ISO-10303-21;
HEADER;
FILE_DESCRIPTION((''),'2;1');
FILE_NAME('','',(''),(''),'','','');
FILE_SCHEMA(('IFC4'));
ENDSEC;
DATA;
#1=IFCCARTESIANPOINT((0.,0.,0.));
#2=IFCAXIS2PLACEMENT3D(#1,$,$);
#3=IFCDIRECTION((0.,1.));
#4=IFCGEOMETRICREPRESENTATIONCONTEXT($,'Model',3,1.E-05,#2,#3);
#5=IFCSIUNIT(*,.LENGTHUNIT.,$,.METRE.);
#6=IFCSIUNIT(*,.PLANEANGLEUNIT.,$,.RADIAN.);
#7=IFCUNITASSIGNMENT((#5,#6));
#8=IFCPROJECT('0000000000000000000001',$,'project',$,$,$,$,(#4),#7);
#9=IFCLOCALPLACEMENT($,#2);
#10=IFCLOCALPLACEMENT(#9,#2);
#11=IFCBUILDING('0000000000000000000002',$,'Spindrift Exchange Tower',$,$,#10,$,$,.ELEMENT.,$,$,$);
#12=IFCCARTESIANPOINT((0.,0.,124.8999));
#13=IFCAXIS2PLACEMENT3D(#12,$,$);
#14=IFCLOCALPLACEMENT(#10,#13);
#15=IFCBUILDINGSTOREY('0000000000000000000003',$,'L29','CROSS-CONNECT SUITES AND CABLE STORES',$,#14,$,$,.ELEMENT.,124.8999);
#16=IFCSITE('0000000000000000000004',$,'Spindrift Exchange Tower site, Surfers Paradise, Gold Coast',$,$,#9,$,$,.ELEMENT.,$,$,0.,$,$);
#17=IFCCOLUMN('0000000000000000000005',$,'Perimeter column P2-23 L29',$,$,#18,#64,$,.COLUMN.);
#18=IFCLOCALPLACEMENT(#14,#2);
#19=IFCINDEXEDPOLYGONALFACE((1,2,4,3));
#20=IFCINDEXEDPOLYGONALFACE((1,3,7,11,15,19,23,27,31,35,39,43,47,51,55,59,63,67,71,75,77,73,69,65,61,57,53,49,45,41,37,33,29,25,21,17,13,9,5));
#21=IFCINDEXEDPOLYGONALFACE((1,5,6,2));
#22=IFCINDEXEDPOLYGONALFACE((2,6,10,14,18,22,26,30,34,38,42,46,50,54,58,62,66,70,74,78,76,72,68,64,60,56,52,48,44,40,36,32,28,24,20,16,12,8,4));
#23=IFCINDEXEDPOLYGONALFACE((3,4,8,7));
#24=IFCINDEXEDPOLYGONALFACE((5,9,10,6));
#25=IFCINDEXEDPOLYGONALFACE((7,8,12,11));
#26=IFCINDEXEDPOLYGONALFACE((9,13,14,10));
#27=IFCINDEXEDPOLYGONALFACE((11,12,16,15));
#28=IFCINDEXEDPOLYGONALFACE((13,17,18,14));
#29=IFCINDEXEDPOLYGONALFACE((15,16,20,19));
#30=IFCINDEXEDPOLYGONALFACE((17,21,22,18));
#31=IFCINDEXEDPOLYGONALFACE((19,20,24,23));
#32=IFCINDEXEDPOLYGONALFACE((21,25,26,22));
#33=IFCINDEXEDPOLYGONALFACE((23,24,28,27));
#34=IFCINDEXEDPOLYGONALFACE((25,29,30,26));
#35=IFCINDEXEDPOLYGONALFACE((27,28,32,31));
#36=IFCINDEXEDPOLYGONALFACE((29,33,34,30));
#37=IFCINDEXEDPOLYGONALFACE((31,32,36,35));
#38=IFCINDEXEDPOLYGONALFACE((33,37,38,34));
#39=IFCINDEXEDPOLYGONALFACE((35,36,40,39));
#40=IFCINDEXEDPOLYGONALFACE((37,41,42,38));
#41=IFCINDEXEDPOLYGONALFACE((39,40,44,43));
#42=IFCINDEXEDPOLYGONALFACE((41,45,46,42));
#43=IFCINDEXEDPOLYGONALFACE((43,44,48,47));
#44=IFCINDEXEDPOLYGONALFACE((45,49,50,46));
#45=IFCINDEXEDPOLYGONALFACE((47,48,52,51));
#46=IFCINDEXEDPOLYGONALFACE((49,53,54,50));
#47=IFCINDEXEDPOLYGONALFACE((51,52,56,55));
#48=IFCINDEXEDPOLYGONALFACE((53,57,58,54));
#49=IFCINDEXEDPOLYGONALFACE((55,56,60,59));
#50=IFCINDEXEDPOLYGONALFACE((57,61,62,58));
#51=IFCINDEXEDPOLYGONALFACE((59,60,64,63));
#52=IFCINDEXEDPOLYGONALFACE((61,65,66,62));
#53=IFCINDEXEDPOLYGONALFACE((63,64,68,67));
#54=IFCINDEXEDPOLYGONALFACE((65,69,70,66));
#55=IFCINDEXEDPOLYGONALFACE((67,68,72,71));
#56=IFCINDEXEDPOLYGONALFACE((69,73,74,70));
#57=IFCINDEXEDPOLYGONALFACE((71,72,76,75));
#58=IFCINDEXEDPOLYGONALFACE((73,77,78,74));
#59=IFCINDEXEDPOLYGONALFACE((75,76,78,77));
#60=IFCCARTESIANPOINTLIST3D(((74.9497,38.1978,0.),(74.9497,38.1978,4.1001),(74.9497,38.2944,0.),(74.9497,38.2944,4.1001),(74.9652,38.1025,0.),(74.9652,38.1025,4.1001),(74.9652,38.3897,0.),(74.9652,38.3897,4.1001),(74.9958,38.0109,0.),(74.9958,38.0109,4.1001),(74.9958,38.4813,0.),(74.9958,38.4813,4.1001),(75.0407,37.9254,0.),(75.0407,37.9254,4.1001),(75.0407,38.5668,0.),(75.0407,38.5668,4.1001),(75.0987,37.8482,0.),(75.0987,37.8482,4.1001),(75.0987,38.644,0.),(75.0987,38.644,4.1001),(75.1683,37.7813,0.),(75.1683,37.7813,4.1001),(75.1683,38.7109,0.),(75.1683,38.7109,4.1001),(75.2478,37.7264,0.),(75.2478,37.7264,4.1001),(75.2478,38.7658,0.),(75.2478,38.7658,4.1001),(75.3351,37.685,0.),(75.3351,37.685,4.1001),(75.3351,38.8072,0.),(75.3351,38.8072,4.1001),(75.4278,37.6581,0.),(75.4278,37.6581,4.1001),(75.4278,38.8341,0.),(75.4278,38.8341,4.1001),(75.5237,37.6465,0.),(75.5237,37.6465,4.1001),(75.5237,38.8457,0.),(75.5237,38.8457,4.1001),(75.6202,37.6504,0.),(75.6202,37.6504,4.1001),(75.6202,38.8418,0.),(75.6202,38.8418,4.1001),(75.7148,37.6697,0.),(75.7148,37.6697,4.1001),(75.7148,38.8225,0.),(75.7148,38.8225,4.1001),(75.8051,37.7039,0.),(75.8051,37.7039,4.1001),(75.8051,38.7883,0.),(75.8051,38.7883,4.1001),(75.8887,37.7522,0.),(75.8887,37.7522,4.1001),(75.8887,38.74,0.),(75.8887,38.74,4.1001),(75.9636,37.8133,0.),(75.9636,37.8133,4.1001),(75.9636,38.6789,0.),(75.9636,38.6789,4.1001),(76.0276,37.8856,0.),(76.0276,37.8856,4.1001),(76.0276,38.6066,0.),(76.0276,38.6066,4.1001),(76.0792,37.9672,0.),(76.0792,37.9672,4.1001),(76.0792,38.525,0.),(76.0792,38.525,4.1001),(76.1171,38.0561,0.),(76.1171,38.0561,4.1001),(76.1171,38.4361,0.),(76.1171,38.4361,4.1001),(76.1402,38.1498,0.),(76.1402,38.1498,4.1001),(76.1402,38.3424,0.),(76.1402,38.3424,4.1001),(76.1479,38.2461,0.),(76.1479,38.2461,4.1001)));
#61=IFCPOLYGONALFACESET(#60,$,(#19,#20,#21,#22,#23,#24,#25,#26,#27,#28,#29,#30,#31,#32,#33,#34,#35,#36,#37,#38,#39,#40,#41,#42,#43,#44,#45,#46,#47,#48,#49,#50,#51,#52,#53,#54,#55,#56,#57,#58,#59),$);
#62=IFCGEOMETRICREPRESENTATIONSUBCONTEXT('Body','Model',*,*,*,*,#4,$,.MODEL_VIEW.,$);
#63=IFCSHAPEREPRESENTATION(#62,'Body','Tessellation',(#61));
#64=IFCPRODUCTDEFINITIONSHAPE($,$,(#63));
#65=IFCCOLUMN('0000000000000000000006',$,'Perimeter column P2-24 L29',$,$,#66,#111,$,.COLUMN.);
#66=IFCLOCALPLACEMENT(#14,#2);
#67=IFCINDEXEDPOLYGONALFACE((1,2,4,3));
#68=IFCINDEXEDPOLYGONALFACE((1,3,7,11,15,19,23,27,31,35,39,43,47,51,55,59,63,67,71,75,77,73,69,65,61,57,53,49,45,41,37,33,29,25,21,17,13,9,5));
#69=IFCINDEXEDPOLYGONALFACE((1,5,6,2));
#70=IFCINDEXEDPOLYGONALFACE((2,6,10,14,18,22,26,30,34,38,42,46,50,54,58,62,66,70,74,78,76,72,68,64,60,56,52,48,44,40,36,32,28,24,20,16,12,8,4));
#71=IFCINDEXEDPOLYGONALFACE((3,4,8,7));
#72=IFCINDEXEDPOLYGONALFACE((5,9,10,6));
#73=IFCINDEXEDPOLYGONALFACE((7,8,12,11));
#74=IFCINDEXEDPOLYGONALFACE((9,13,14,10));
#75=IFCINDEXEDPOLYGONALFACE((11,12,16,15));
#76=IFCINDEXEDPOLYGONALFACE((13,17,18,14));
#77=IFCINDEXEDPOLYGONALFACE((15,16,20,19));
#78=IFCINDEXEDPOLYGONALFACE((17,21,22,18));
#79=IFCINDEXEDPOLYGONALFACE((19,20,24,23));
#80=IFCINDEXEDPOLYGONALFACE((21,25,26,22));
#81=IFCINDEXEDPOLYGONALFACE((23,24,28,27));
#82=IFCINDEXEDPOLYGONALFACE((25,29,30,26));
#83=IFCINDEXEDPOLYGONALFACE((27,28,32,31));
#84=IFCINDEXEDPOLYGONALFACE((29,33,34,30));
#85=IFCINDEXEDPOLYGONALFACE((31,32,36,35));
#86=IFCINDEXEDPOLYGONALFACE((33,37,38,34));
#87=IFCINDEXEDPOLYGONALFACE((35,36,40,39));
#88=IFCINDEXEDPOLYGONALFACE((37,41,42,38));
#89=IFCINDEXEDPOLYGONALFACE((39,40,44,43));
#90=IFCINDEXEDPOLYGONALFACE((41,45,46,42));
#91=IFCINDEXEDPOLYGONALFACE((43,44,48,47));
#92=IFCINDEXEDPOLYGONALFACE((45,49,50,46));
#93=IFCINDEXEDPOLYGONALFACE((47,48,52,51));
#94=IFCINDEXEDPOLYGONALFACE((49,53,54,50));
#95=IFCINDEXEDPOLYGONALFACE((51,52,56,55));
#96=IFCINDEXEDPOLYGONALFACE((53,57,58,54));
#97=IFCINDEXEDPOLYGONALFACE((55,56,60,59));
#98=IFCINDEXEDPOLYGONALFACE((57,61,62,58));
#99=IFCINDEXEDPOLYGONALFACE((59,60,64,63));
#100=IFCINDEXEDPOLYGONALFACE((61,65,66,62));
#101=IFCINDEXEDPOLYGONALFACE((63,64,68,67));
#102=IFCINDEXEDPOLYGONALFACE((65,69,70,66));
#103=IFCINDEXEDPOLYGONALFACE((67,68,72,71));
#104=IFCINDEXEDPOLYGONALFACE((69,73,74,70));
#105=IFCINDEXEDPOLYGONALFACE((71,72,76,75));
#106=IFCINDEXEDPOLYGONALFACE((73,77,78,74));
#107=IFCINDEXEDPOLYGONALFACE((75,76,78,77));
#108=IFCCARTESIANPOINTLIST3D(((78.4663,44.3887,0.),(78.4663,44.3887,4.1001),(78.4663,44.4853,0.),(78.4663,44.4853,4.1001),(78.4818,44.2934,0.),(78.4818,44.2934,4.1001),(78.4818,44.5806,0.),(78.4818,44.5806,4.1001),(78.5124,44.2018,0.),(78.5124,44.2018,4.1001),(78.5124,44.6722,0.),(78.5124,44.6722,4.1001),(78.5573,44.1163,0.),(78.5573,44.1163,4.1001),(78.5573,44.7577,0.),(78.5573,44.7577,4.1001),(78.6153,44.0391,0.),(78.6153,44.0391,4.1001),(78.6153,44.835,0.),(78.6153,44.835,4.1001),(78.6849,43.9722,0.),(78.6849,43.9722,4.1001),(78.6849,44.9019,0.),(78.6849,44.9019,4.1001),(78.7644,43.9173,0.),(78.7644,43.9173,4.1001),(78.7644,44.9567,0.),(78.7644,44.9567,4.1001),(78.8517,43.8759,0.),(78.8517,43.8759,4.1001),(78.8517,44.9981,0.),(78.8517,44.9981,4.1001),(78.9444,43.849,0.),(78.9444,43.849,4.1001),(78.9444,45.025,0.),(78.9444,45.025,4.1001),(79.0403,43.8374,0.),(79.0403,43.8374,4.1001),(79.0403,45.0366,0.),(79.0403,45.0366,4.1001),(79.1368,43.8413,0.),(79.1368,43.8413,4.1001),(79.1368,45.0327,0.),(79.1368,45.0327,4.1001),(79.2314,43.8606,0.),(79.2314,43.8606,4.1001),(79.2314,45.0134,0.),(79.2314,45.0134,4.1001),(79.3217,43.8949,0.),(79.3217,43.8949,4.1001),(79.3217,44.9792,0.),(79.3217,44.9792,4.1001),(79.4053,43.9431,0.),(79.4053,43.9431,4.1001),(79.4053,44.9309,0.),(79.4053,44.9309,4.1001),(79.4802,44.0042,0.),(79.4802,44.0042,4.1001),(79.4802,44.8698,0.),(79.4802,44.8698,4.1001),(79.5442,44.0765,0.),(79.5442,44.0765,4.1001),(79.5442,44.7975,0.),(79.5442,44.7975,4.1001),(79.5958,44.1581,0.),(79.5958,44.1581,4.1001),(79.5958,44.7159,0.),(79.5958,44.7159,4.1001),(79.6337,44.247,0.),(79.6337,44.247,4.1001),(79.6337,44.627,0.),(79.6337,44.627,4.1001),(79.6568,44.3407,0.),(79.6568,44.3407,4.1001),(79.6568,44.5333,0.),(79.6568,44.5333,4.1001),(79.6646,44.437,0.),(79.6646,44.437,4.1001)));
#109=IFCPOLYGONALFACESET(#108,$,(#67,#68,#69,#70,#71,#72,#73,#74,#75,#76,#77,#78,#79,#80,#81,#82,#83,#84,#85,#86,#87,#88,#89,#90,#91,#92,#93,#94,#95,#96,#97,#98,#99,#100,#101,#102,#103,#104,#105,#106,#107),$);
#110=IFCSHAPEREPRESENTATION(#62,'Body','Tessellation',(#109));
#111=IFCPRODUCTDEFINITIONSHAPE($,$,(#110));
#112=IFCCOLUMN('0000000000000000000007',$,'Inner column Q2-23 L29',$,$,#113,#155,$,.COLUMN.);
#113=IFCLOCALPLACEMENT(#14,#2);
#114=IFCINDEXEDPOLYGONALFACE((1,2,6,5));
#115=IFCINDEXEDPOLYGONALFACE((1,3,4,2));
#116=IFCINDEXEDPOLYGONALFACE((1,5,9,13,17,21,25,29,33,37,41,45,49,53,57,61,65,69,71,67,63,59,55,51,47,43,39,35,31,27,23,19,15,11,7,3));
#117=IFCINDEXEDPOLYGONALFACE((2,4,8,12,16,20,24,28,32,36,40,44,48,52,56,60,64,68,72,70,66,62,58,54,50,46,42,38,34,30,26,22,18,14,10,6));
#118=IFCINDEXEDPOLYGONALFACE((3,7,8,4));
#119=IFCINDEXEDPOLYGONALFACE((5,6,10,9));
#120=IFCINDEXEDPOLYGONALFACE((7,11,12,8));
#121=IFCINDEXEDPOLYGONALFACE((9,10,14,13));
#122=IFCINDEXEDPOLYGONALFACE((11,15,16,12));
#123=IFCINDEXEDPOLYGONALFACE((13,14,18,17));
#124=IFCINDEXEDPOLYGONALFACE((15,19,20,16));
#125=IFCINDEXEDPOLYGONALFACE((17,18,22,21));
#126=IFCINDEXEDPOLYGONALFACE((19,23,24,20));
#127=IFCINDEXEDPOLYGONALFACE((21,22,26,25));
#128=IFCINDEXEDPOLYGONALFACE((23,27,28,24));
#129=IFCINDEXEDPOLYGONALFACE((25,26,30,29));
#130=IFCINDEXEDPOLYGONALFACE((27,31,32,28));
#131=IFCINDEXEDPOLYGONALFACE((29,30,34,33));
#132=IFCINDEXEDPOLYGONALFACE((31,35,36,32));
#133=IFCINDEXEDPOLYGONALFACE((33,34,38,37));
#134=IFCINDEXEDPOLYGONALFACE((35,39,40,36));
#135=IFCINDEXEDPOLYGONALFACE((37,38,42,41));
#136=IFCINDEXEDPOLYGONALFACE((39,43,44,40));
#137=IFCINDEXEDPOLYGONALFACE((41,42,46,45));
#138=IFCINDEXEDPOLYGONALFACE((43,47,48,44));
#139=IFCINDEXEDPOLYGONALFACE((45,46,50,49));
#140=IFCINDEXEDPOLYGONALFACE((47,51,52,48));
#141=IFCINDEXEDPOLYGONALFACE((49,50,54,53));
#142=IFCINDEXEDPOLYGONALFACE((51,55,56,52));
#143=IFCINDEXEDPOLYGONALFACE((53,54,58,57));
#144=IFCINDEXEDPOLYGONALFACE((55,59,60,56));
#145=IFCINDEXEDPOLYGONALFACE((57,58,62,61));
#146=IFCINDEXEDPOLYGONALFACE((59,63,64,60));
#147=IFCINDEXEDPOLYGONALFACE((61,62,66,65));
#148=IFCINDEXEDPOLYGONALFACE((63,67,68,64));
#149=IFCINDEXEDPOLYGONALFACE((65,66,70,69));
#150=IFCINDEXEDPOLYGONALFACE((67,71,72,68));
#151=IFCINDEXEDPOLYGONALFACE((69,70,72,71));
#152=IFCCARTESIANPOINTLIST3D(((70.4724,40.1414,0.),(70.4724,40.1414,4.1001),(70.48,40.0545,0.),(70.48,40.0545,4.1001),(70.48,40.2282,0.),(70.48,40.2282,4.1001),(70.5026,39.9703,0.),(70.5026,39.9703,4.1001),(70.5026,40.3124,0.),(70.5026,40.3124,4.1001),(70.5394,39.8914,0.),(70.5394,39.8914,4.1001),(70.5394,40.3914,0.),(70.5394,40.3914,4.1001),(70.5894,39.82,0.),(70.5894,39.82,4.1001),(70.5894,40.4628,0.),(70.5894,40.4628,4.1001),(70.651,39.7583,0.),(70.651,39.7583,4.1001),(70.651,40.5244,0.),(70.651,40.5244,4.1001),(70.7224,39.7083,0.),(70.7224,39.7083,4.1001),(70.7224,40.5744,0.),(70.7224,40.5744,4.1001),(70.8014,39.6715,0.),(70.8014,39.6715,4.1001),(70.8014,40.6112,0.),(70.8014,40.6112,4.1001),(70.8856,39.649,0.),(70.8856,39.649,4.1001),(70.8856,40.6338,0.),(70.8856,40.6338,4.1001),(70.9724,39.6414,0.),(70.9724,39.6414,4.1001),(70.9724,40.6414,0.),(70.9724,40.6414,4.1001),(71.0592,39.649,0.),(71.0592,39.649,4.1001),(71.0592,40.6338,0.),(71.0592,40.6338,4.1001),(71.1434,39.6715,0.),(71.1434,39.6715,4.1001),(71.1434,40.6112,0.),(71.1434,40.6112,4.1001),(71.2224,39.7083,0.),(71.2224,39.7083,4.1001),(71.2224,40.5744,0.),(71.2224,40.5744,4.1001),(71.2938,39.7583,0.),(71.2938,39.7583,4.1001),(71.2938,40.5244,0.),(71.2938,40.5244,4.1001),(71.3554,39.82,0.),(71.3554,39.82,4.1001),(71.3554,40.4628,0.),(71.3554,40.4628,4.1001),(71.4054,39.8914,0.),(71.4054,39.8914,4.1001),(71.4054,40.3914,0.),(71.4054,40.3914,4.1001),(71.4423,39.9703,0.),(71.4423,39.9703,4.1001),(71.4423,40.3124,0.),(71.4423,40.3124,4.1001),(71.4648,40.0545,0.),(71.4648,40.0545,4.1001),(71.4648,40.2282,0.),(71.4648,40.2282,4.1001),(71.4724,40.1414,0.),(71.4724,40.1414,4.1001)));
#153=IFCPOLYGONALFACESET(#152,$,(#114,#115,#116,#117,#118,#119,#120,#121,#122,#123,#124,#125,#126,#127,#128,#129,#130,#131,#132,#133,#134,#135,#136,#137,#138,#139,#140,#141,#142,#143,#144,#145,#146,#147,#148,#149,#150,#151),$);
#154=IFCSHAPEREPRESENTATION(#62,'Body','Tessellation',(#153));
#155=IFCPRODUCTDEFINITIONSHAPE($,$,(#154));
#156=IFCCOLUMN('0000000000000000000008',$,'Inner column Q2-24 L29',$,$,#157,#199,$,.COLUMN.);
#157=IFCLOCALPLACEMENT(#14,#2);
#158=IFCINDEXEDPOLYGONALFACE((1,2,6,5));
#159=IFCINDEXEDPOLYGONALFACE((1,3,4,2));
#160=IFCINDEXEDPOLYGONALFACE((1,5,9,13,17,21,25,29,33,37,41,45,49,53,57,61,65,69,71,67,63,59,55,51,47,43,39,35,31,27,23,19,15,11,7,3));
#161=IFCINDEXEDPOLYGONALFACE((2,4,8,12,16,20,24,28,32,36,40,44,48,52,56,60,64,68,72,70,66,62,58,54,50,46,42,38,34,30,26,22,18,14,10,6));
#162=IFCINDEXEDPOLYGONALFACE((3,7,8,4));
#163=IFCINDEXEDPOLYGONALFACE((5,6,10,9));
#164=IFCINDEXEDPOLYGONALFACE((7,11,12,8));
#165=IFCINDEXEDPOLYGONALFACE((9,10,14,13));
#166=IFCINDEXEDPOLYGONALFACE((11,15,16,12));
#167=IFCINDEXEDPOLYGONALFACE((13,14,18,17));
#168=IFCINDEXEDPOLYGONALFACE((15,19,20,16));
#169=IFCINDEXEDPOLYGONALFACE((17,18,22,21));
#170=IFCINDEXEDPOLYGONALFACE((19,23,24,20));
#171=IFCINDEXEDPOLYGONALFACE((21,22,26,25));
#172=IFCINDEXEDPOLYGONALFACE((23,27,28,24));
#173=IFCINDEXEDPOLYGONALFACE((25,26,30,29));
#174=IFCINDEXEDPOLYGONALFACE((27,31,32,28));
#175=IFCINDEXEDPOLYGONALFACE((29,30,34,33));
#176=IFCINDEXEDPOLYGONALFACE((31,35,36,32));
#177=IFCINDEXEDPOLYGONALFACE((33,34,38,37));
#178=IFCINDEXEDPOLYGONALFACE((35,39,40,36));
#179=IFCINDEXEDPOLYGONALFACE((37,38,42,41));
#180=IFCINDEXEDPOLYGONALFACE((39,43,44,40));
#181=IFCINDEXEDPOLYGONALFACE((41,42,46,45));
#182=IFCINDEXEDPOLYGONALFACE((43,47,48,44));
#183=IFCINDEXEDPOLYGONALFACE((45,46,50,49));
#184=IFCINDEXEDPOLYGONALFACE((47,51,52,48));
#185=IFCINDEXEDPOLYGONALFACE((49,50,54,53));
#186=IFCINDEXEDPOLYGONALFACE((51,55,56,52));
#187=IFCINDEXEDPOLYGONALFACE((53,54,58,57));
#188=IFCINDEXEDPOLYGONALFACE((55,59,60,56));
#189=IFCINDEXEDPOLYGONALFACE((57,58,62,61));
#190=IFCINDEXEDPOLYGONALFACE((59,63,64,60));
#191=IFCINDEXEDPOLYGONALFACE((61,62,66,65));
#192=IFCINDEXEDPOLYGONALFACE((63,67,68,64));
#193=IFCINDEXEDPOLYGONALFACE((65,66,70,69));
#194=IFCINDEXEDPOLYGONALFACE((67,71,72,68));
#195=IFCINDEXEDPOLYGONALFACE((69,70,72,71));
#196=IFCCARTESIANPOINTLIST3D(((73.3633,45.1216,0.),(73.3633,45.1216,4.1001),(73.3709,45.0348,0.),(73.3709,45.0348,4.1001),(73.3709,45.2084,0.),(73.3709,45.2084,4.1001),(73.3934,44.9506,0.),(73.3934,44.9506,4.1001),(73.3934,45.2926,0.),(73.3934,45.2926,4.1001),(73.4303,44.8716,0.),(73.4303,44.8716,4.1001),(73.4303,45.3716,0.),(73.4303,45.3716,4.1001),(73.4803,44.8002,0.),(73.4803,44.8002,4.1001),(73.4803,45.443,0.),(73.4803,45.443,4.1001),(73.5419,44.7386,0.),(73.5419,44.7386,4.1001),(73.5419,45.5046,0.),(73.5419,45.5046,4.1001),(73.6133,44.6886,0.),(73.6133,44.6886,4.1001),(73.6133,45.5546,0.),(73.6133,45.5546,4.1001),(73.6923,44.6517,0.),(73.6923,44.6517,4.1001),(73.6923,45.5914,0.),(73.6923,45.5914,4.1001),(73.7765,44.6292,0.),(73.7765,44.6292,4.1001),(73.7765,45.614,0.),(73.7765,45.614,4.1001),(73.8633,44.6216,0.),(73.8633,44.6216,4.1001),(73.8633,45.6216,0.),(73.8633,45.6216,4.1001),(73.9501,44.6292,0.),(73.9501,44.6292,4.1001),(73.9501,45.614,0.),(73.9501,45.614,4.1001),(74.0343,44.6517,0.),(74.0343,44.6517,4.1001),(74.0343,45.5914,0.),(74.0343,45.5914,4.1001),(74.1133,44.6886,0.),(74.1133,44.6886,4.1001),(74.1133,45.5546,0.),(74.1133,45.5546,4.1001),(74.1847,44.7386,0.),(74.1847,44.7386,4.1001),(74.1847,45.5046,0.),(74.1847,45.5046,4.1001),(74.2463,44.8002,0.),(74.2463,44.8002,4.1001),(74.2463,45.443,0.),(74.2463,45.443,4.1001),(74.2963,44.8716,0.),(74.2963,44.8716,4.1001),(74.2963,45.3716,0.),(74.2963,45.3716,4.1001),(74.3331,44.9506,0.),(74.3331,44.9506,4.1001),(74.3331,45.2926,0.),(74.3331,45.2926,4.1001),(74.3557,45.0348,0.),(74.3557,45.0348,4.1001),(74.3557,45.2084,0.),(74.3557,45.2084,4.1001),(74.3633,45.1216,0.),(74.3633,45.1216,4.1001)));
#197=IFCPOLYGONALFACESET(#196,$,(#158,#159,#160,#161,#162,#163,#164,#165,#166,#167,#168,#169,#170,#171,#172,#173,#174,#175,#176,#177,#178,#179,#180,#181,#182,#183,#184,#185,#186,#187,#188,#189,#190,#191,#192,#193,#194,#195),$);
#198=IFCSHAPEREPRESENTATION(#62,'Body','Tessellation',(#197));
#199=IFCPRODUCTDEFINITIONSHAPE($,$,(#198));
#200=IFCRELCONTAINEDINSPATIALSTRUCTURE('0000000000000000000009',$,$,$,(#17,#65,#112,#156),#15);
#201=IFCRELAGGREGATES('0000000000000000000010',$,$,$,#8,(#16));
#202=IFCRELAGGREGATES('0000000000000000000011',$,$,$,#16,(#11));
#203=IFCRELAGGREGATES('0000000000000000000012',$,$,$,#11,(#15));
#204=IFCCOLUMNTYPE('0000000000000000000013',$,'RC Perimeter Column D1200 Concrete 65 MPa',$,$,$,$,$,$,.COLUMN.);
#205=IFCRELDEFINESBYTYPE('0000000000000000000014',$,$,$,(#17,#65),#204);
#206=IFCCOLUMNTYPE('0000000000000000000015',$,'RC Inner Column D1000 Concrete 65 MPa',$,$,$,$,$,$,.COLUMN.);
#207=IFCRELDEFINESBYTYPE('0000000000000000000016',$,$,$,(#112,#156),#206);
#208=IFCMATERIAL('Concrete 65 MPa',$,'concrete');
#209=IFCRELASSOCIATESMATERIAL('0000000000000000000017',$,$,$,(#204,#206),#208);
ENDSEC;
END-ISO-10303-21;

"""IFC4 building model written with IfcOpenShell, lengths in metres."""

from ifc_helpers import new_model, si_unit, direction, frame, origin, origin_2d, place, context, subcontext, project, spatial, circle, extrude, source, transform, mapped, material, material_profile, profile_set, type_object, element, save


model = new_model("IFC4")

# Units and contexts
model_context = context("Model", 3, precision=1e-05, world=origin(), true_north=direction((0.0, 1.0)))
body_context = subcontext(model_context, "Body", "Model", "MODEL_VIEW")
ifc_project = project(units=[si_unit("LENGTHUNIT", "METRE"), si_unit("PLANEANGLEUNIT", "RADIAN")], contexts=[model_context])

# Site, building, storey
site_placement = place(None, origin())
site = spatial("IfcSite", under=ifc_project, at=site_placement, Name="Spindrift Exchange Tower site, Surfers Paradise, Gold Coast", CompositionType="ELEMENT", RefElevation=0.0)
building_placement = place(site_placement, origin())
building = spatial("IfcBuilding", under=site, at=building_placement, Name="Spindrift Exchange Tower", CompositionType="ELEMENT")
storey_placement = place(building_placement, frame((0.0, 0.0, 124.8999)))
storey = spatial("IfcBuildingStorey", under=building, at=storey_placement, Name="L29", Description="CROSS-CONNECT SUITES AND CABLE STORES", CompositionType="ELEMENT", Elevation=124.8999)

# Columns
ifc_material_1 = material(Name="Concrete 65 MPa", Category="concrete")
ifc_material_profile_1 = material_profile(ifc_material_1, circle(Radius=0.6001, at=origin_2d()), Name="RC D1200")
ifc_profile_set_1 = profile_set([ifc_material_profile_1], Name="Concrete 65 MPa")
column_type_1 = type_object("IfcColumnType", Name="RC Perimeter Column D1200 Concrete 65 MPa", PredefinedType="COLUMN", material=ifc_profile_set_1)
shared_shape_1 = source(origin(), body_context, "Body", "SweptSolid", [
    extrude(circle(Radius=0.6001, at=origin_2d()), origin(), (0.0, 0.0, 1.0), 4.1001),
])
for number, where, z_axis, x_axis, name in (
    (1, (75.5479, 38.2461, 0.0), (0.0, 0.0, 1.0), (1.0, 0.0, 0.0), "Perimeter column P2-23 L29"),
    (2, (79.0645, 44.437, 0.0), (0.0, 0.0, 1.0), (1.0, 0.0, 0.0), "Perimeter column P2-24 L29"),
):
    element("IfcColumn", number, at=place(storey_placement, frame(where, z_axis=z_axis, x_axis=x_axis)), inside=storey, type_object=column_type_1, Name=name, PredefinedType="COLUMN", context=body_context, shape_type="MappedRepresentation", body=[
        mapped(shared_shape_1, transform((0.0, 0.0, 0.0), scale=1.0)),
    ])
ifc_material_profile_2 = material_profile(ifc_material_1, circle(Radius=0.5, at=origin_2d()), Name="RC D1000")
ifc_profile_set_2 = profile_set([ifc_material_profile_2], Name="Concrete 65 MPa")
column_type_2 = type_object("IfcColumnType", Name="RC Inner Column D1000 Concrete 65 MPa", PredefinedType="COLUMN", material=ifc_profile_set_2)
shared_shape_2 = source(origin(), body_context, "Body", "SweptSolid", [
    extrude(circle(Radius=0.5, at=origin_2d()), origin(), (0.0, 0.0, 1.0), 4.1001),
])
for number, where, z_axis, x_axis, name in (
    (3, (70.9724, 40.1414, 0.0), (0.0, 0.0, 1.0), (1.0, 0.0, 0.0), "Inner column Q2-23 L29"),
    (4, (73.8633, 45.1216, 0.0), (0.0, 0.0, 1.0), (1.0, 0.0, 0.0), "Inner column Q2-24 L29"),
):
    element("IfcColumn", number, at=place(storey_placement, frame(where, z_axis=z_axis, x_axis=x_axis)), inside=storey, type_object=column_type_2, Name=name, PredefinedType="COLUMN", context=body_context, shape_type="MappedRepresentation", body=[
        mapped(shared_shape_2, transform((0.0, 0.0, 0.0), scale=1.0)),
    ])

save(model, "model.ifc")
